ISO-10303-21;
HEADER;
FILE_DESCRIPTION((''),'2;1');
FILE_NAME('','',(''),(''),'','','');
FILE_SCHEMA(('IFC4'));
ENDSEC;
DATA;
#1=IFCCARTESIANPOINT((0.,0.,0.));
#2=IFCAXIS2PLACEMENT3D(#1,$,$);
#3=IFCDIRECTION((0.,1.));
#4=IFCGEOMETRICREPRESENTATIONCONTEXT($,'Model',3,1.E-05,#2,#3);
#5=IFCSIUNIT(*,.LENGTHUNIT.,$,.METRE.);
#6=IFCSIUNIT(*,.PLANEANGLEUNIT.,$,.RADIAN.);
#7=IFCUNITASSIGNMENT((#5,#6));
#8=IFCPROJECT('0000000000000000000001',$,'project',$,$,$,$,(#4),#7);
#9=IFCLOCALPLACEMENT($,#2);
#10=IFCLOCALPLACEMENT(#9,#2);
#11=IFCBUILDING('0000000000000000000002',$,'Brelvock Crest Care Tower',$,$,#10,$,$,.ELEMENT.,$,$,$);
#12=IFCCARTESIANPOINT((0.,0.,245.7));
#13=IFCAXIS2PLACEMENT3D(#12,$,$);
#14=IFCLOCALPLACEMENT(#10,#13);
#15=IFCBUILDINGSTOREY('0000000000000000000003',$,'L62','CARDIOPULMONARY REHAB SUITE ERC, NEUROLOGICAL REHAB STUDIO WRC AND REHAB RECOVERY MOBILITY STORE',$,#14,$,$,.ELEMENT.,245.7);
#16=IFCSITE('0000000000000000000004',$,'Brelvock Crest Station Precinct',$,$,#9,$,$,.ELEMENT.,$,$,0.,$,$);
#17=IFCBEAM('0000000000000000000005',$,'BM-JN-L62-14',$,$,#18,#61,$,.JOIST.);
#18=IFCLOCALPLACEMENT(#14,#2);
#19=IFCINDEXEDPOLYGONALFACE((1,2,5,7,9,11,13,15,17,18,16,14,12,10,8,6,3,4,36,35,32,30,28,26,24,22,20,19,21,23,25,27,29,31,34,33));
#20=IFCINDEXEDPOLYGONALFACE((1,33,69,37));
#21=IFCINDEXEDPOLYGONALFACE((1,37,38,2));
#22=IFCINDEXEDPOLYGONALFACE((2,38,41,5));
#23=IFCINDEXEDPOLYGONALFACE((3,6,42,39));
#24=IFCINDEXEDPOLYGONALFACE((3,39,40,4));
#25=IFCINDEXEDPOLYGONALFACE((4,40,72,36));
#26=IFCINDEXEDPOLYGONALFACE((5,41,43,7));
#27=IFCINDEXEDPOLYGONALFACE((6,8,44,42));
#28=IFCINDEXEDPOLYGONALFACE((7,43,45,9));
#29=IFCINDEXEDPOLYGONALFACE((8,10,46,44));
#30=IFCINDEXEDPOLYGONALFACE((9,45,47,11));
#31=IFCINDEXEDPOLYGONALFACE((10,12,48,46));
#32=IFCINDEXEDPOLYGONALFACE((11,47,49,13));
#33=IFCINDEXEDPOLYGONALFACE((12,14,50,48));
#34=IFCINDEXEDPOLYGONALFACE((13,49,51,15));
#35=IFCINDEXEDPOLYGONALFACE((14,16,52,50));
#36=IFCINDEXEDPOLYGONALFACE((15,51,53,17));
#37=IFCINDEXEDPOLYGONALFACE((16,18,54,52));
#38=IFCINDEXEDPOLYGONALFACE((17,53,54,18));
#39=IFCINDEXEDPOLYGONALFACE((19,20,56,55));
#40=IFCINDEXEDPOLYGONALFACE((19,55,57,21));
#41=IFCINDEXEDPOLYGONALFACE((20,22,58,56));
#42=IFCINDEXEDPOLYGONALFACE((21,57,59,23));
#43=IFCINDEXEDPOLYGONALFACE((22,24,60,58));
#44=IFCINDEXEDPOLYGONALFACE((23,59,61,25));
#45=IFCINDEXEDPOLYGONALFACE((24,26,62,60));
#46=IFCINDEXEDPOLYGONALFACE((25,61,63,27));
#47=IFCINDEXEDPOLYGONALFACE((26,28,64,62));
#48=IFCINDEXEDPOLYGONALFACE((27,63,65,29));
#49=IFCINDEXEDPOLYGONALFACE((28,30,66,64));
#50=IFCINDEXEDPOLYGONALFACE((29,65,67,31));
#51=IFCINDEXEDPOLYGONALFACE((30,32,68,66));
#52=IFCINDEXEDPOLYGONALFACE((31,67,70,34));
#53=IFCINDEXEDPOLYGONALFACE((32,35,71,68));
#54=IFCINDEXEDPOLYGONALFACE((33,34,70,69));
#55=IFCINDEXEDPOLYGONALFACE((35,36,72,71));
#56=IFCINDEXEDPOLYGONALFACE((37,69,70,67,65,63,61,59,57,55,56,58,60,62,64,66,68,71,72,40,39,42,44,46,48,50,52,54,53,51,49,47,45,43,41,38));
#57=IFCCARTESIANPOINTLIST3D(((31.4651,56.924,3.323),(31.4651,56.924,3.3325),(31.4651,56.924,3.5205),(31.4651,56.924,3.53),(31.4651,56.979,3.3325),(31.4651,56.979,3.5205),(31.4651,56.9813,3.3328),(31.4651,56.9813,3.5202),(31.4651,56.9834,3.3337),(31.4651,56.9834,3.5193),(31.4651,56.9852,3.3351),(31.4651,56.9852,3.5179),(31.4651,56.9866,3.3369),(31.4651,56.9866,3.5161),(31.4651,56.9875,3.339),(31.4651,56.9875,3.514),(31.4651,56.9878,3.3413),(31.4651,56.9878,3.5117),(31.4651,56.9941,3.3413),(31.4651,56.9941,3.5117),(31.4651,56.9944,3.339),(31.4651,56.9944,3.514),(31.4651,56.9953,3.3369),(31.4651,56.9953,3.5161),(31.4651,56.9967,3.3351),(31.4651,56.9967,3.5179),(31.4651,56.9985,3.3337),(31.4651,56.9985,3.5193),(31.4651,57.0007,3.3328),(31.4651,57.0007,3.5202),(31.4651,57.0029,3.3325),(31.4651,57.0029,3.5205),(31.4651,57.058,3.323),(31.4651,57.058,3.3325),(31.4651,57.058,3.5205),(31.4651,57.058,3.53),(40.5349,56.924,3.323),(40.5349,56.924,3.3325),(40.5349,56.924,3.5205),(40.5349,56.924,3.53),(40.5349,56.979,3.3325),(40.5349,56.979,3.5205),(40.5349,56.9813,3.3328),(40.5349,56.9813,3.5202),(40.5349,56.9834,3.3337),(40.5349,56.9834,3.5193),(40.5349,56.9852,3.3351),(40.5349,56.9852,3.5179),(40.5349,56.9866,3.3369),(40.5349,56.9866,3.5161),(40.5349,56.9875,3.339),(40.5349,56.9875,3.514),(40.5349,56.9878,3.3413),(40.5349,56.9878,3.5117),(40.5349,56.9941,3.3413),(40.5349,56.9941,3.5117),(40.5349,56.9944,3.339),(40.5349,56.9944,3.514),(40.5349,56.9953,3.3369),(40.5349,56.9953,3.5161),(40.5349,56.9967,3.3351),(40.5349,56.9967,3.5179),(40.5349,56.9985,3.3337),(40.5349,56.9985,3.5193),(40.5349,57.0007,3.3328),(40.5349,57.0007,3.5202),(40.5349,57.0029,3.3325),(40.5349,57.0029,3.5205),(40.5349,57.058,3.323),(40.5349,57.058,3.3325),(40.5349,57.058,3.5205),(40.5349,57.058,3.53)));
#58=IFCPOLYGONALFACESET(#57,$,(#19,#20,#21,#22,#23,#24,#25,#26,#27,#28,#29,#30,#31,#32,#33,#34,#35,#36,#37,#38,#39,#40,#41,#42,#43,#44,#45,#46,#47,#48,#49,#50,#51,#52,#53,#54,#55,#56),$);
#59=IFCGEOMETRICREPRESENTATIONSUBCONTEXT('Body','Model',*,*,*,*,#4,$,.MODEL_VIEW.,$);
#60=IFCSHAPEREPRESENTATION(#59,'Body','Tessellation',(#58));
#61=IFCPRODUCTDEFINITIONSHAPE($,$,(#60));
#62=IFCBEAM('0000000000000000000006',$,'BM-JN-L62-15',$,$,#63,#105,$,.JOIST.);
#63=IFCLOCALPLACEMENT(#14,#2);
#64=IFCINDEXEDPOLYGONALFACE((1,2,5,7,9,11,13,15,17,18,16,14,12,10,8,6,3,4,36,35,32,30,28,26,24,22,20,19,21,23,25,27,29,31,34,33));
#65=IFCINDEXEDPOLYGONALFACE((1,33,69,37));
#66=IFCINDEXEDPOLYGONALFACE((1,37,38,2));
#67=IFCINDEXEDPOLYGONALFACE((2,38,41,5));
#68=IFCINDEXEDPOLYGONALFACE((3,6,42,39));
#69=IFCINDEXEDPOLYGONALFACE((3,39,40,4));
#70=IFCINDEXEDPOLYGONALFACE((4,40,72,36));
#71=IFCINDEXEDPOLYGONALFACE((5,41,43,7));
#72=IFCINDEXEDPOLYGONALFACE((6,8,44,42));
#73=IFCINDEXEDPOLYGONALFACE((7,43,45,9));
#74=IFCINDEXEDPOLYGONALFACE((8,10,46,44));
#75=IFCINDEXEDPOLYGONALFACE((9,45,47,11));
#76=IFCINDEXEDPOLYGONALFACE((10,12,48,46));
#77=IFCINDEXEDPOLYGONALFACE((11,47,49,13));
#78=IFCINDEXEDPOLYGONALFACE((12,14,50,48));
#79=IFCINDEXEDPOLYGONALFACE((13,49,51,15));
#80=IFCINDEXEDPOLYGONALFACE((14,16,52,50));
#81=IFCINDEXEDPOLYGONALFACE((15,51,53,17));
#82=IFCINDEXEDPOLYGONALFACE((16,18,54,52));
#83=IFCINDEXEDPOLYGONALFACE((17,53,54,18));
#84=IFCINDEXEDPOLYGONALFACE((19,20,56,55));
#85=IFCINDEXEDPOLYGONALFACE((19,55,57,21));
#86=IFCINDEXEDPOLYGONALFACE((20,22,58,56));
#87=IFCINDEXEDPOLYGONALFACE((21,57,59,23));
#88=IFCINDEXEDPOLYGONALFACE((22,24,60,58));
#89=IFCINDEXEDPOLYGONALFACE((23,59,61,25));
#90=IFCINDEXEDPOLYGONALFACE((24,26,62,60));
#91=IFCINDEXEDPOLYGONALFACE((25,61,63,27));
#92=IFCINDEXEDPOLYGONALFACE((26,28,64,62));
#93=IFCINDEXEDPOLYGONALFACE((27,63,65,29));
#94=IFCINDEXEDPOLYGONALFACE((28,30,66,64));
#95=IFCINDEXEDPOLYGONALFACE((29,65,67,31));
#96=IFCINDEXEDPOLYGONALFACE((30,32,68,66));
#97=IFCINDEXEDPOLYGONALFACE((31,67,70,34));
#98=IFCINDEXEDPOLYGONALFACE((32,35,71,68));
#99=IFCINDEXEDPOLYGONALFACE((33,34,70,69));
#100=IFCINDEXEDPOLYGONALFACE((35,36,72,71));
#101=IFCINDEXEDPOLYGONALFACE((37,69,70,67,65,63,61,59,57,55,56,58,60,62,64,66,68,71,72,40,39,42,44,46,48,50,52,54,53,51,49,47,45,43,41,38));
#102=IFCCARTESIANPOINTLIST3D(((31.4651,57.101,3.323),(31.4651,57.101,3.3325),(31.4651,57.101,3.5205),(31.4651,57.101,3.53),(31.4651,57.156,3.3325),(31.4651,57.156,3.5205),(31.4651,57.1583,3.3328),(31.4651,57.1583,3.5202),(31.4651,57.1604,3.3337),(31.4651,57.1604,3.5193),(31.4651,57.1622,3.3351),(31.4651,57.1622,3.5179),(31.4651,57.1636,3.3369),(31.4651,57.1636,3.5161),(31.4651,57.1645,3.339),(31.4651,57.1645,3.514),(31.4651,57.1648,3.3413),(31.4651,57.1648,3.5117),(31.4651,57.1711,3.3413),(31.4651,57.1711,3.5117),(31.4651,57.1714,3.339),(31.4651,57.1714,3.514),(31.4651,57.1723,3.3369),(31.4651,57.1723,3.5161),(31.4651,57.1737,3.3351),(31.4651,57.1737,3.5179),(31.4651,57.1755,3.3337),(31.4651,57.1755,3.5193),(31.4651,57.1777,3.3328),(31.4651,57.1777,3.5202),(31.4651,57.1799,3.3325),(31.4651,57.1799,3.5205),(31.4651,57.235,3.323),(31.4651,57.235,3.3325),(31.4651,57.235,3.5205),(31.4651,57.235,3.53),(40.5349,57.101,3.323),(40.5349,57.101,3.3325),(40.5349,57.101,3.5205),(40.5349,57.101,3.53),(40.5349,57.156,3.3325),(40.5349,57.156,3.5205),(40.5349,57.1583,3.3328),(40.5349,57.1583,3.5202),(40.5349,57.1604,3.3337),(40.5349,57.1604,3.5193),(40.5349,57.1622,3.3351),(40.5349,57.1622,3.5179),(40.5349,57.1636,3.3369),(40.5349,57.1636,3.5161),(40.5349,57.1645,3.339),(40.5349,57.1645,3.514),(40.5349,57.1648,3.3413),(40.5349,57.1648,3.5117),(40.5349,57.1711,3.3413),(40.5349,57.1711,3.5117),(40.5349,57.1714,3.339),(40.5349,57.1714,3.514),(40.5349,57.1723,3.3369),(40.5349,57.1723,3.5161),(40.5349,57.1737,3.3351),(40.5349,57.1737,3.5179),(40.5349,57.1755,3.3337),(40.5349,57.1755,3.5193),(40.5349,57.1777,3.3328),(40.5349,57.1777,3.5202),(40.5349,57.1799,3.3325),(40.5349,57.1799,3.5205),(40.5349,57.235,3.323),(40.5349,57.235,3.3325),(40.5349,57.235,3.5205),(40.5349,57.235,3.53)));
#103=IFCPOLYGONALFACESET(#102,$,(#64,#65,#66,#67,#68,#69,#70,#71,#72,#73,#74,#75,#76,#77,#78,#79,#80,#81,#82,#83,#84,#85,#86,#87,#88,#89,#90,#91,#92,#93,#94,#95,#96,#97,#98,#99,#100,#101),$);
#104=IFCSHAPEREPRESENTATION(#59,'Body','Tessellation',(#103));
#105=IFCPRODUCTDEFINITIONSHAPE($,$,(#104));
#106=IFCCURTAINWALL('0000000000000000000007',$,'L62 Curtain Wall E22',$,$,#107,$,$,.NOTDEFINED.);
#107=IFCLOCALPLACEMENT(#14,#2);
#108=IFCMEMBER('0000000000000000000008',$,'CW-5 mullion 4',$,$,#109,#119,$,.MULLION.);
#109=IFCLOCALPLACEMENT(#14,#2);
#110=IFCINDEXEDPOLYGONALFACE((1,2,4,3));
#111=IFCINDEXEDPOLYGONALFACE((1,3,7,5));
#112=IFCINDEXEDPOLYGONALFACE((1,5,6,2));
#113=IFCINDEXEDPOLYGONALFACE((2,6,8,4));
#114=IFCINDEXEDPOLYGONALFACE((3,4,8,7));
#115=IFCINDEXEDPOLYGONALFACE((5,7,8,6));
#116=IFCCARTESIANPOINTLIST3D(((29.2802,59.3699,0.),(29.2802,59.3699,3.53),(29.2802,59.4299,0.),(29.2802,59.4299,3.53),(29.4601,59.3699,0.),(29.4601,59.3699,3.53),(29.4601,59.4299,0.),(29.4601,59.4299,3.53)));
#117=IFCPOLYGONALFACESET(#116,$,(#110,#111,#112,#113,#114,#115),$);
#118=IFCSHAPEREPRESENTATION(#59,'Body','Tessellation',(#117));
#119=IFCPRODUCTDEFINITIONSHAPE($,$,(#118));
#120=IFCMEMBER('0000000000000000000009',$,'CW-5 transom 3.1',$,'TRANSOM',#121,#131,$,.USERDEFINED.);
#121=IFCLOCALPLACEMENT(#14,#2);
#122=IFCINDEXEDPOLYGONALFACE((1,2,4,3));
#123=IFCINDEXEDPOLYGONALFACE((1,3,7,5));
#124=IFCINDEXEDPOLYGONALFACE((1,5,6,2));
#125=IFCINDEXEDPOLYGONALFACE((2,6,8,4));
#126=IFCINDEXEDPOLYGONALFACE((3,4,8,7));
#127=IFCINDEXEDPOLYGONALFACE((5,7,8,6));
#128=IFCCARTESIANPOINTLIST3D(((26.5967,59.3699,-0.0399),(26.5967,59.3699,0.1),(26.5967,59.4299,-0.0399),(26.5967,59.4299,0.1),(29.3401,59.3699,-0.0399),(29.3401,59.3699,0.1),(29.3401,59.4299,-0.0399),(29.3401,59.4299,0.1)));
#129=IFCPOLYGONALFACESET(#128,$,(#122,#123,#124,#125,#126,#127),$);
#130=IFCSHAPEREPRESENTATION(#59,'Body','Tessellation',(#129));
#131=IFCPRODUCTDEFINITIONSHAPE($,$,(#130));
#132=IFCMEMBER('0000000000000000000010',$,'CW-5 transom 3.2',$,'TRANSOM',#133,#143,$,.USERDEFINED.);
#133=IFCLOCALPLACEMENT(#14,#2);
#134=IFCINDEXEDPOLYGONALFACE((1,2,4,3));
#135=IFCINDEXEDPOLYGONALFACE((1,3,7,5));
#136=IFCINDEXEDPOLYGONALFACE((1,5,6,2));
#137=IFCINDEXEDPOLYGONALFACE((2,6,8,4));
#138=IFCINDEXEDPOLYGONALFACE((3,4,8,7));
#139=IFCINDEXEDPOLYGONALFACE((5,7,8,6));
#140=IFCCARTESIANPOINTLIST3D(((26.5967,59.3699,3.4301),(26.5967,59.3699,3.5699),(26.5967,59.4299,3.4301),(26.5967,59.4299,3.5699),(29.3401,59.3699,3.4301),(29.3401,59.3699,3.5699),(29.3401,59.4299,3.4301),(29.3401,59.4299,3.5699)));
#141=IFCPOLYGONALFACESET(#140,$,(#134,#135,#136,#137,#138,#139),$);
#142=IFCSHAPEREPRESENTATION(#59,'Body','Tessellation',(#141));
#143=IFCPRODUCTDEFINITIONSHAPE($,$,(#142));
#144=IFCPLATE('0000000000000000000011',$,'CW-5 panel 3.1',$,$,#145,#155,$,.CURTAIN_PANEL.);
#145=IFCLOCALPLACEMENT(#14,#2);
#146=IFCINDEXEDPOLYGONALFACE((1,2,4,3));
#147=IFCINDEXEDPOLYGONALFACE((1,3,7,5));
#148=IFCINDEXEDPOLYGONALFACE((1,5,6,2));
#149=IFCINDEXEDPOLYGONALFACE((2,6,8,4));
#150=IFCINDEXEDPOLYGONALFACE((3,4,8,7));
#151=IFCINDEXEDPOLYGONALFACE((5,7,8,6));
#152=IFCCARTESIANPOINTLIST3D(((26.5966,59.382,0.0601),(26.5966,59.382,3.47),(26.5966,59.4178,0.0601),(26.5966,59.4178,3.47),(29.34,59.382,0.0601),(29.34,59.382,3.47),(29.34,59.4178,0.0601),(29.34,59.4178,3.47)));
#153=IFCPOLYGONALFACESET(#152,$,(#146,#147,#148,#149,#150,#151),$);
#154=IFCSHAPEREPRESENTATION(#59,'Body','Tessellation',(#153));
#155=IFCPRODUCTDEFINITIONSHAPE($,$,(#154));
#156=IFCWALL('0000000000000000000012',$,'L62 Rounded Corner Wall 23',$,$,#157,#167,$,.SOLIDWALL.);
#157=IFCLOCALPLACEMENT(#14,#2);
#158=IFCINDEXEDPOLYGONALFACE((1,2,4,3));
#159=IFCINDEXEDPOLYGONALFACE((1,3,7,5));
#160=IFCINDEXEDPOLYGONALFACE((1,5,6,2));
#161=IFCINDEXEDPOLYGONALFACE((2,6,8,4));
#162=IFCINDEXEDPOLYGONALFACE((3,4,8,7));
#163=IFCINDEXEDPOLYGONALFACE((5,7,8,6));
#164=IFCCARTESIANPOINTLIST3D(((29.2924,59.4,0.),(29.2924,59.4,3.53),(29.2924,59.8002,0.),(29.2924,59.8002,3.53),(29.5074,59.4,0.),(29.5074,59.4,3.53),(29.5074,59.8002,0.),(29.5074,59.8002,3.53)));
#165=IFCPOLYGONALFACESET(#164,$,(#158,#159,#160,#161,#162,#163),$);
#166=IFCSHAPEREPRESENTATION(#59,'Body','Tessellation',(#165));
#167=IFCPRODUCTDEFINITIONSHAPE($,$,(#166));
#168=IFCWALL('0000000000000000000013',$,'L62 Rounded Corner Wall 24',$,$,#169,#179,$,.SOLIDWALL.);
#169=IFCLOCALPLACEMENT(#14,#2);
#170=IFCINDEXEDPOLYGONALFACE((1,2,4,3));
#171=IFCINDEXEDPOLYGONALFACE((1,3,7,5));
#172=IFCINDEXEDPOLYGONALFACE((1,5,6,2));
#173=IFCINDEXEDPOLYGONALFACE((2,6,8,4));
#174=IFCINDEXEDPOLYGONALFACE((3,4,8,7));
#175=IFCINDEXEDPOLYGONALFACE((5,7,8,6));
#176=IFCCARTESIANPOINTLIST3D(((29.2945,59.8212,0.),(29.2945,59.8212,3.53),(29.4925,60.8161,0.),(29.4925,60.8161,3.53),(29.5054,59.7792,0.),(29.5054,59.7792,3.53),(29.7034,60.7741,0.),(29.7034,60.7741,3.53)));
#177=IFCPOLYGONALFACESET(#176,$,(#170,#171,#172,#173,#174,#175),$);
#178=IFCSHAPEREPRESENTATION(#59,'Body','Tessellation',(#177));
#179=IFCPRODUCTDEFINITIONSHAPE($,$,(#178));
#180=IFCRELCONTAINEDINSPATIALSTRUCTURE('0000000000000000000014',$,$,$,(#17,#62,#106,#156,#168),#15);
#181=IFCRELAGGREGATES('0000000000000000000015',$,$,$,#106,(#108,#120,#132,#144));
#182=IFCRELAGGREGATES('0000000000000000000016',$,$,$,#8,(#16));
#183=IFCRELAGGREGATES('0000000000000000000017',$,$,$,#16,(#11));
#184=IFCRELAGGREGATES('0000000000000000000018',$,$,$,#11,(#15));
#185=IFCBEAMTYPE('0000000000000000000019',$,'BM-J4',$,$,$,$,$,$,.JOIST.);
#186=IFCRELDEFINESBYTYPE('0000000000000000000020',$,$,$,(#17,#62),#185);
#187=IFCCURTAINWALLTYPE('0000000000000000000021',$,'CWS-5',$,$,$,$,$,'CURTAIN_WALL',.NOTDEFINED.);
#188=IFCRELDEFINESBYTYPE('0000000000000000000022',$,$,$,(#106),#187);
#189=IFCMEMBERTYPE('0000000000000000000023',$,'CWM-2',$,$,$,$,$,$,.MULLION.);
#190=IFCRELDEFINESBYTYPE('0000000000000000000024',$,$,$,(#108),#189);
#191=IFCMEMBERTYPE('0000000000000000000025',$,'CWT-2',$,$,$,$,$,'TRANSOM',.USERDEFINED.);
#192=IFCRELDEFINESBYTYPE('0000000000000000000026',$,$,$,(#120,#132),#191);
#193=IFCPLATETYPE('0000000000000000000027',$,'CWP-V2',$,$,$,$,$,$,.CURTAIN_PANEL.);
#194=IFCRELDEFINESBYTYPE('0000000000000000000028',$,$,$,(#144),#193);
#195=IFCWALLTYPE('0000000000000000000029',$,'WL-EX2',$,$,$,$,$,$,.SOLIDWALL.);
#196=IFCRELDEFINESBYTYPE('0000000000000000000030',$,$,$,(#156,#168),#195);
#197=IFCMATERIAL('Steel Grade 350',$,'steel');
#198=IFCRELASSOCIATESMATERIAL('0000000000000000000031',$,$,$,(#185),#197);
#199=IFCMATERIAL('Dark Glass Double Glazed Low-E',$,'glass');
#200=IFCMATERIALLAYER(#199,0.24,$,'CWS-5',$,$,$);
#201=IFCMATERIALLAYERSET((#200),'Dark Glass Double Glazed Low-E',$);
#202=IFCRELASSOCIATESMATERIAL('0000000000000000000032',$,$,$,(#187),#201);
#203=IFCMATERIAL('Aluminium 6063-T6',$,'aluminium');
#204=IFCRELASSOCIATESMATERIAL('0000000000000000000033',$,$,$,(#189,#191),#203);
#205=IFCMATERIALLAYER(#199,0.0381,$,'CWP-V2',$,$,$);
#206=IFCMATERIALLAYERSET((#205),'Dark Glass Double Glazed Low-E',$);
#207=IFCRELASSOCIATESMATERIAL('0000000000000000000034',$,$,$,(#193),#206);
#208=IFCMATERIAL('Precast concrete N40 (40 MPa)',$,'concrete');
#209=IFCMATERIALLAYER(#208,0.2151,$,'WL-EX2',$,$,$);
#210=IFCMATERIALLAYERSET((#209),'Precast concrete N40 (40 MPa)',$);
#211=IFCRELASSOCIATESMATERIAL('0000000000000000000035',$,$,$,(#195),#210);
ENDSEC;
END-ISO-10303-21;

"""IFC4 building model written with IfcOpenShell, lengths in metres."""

from ifc_helpers import new_model, si_unit, direction, frame, frame_2d, origin, origin_2d, place, context, subcontext, project, spatial, rectangle, i_section, extrude, source, transform, mapped, material, layer, layer_set, material_profile, profile_set, type_object, element, aggregate, save


model = new_model("IFC4")

# Units and contexts
model_context = context("Model", 3, precision=1e-05, world=origin(), true_north=direction((0.0, 1.0)))
body_context = subcontext(model_context, "Body", "Model", "MODEL_VIEW")
ifc_project = project(units=[si_unit("LENGTHUNIT", "METRE"), si_unit("PLANEANGLEUNIT", "RADIAN")], contexts=[model_context])

# Site, building, storey
site_placement = place(None, origin())
site = spatial("IfcSite", under=ifc_project, at=site_placement, Name="Brelvock Crest Station Precinct", CompositionType="ELEMENT", RefElevation=0.0)
building_placement = place(site_placement, origin())
building = spatial("IfcBuilding", under=site, at=building_placement, Name="Brelvock Crest Care Tower", CompositionType="ELEMENT")
storey_placement = place(building_placement, frame((0.0, 0.0, 245.7)))
storey = spatial("IfcBuildingStorey", under=building, at=storey_placement, Name="L62", Description="CARDIOPULMONARY REHAB SUITE ERC, NEUROLOGICAL REHAB STUDIO WRC AND REHAB RECOVERY MOBILITY STORE", CompositionType="ELEMENT", Elevation=245.7)

# Shared definitions
ifc_material_1 = material(Name="Steel Grade 350", Category="steel")

# Beams
ifc_material_profile_1 = material_profile(ifc_material_1, i_section(OverallWidth=0.134, OverallDepth=0.207, WebThickness=0.0063, FlangeThickness=0.0095, FilletRadius=0.0088, at=origin_2d()), Name="200UB29.8")
ifc_profile_set_1 = profile_set([ifc_material_profile_1], Name="Steel Grade 350")
beam_type_1 = type_object("IfcBeamType", Name="BM-J4", PredefinedType="JOIST", material=ifc_profile_set_1)
shared_shape_1 = source(origin(), body_context, "Body", "SweptSolid", [
    extrude(i_section(OverallWidth=0.134, OverallDepth=0.207, WebThickness=0.0063, FlangeThickness=0.0095, FilletRadius=0.0088, at=origin_2d()), origin(), (0.0, 0.0, 1.0), 9.0698),
])
for number, where, z_axis, x_axis, name in (
    (1, (31.4651, 56.991, 3.4265), (1.0, 0.0, 0.0), (0.0, 1.0, 0.0), "BM-JN-L62-14"),
    (2, (31.4651, 57.168, 3.4265), (1.0, 0.0, 0.0), (0.0, 1.0, 0.0), "BM-JN-L62-15"),
):
    element("IfcBeam", number, at=place(storey_placement, frame(where, z_axis=z_axis, x_axis=x_axis)), inside=storey, type_object=beam_type_1, Name=name, PredefinedType="JOIST", context=body_context, shape_type="MappedRepresentation", body=[
        mapped(shared_shape_1, transform((0.0, 0.0, 0.0), x_axis=(1.0, 0.0, 0.0), y_axis=(0.0, 1.0, 0.0), z_axis=(0.0, 0.0, 1.0), scale=1.0)),
    ])

# Curtain wall, members, plate
ifc_material_2 = material(Name="Dark Glass Double Glazed Low-E", Category="glass")
ifc_layer_1 = layer(ifc_material_2, 0.24, Name="CWS-5")
ifc_layer_set_1 = layer_set([ifc_layer_1], Name="Dark Glass Double Glazed Low-E")
curtain_wall_type = type_object("IfcCurtainWallType", Name="CWS-5", ElementType="CURTAIN_WALL", PredefinedType="NOTDEFINED", material=ifc_layer_set_1)
curtain_wall_placement = place(storey_placement, origin())
curtain_wall = element("IfcCurtainWall", 3, at=curtain_wall_placement, inside=storey, type_object=curtain_wall_type, Name="L62 Curtain Wall E22", PredefinedType="NOTDEFINED")
ifc_material_3 = material(Name="Aluminium 6063-T6", Category="aluminium")
ifc_material_profile_2 = material_profile(ifc_material_3, rectangle(XDim=0.0601, YDim=0.1799, at=origin_2d()), Name="ALU60x180")
ifc_profile_set_2 = profile_set([ifc_material_profile_2], Name="Aluminium 6063-T6")
member_type_1 = type_object("IfcMemberType", Name="CWM-2", PredefinedType="MULLION", material=ifc_profile_set_2)
shared_shape_2 = source(origin(), body_context, "Body", "SweptSolid", [
    extrude(rectangle(XDim=0.0601, YDim=0.1799, at=origin_2d()), origin(), (0.0, 0.0, 1.0), 3.53),
])
member_1_placement = place(storey_placement, frame((29.3701, 59.3999, 0.0), z_axis=(0.0, 0.0, 1.0), x_axis=(0.0, 1.0, 0.0)))
member_1 = element("IfcMember", 4, at=member_1_placement, type_object=member_type_1, Name="CW-5 mullion 4", PredefinedType="MULLION", context=body_context, shape_type="MappedRepresentation", body=[
    mapped(shared_shape_2, transform((0.0, 0.0, 0.0), x_axis=(1.0, 0.0, 0.0), y_axis=(0.0, 1.0, 0.0), z_axis=(0.0, 0.0, 1.0), scale=1.0)),
])
ifc_material_profile_3 = material_profile(ifc_material_3, rectangle(XDim=0.0601, YDim=0.1399, at=origin_2d()), Name="ALU60x140")
ifc_profile_set_3 = profile_set([ifc_material_profile_3], Name="Aluminium 6063-T6")
member_type_2 = type_object("IfcMemberType", Name="CWT-2", ElementType="TRANSOM", PredefinedType="USERDEFINED", material=ifc_profile_set_3)
shared_shape_3 = source(origin(), body_context, "Body", "SweptSolid", [
    extrude(rectangle(XDim=0.0601, YDim=0.1399, at=origin_2d()), origin(), (0.0, 0.0, 1.0), 2.7434),
])
member_2_placement = place(storey_placement, frame((26.5967, 59.3999, 0.03), z_axis=(1.0, 0.0, 0.0), x_axis=(0.0, 1.0, 0.0)))
member_2 = element("IfcMember", 5, at=member_2_placement, type_object=member_type_2, Name="CW-5 transom 3.1", ObjectType="TRANSOM", PredefinedType="USERDEFINED", context=body_context, shape_type="MappedRepresentation", body=[
    mapped(shared_shape_3, transform((0.0, 0.0, 0.0), x_axis=(1.0, 0.0, 0.0), y_axis=(0.0, 1.0, 0.0), z_axis=(0.0, 0.0, 1.0), scale=1.0)),
])
member_3_placement = place(storey_placement, frame((26.5967, 59.3999, 3.5), z_axis=(1.0, 0.0, 0.0), x_axis=(0.0, 1.0, 0.0)))
member_3 = element("IfcMember", 6, at=member_3_placement, type_object=member_type_2, Name="CW-5 transom 3.2", ObjectType="TRANSOM", PredefinedType="USERDEFINED", context=body_context, shape_type="MappedRepresentation", body=[
    mapped(shared_shape_3, transform((0.0, 0.0, 0.0), x_axis=(1.0, 0.0, 0.0), y_axis=(0.0, 1.0, 0.0), z_axis=(0.0, 0.0, 1.0), scale=1.0)),
])
ifc_layer_2 = layer(ifc_material_2, 0.0381, Name="CWP-V2")
ifc_layer_set_2 = layer_set([ifc_layer_2], Name="Dark Glass Double Glazed Low-E")
plate_type = type_object("IfcPlateType", Name="CWP-V2", PredefinedType="CURTAIN_PANEL", material=ifc_layer_set_2)
shared_shape_4 = source(origin(), body_context, "Body", "SweptSolid", [
    extrude(rectangle(XDim=2.7434, YDim=0.0359, at=origin_2d()), origin(), (0.0, 0.0, 1.0), 3.4099),
])
plate_placement = place(storey_placement, frame((27.9683, 59.3999, 0.0601), z_axis=(0.0, 0.0, 1.0), x_axis=(1.0, 0.0, 0.0)))
plate = element("IfcPlate", 7, at=plate_placement, type_object=plate_type, Name="CW-5 panel 3.1", PredefinedType="CURTAIN_PANEL", context=body_context, shape_type="MappedRepresentation", body=[
    mapped(shared_shape_4, transform((0.0, 0.0, 0.0), x_axis=(1.0, 0.0, 0.0), y_axis=(0.0, 1.0, 0.0), z_axis=(0.0, 0.0, 1.0), scale=1.0)),
])
aggregate(curtain_wall, [member_1, member_2, member_3, plate])

# Walls
ifc_material_4 = material(Name="Precast concrete N40 (40 MPa)", Category="concrete")
ifc_layer_3 = layer(ifc_material_4, 0.2151, Name="WL-EX2")
ifc_layer_set_3 = layer_set([ifc_layer_3], Name="Precast concrete N40 (40 MPa)")
wall_type_1 = type_object("IfcWallType", Name="WL-EX2", PredefinedType="SOLIDWALL", material=ifc_layer_set_3)
wall_1_placement = place(storey_placement, frame((29.3999, 59.3999, 0.0), z_axis=(0.0, 0.0, 1.0), x_axis=(0.0, 1.0, 0.0)))
element("IfcWall", 8, at=wall_1_placement, inside=storey, type_object=wall_type_1, Name="L62 Rounded Corner Wall 23", PredefinedType="SOLIDWALL", context=body_context, shape_type="SweptSolid", body=[
    extrude(rectangle(XDim=0.4001, YDim=0.2151, at=frame_2d((0.2002, 0.0))), origin(), (0.0, 0.0, 1.0), 3.53),
])
wall_2_placement = place(storey_placement, frame((29.3999, 59.8, 0.0), z_axis=(0.0, 0.0, 1.0), x_axis=(0.19519, 0.980765, 0.0)))
element("IfcWall", 9, at=wall_2_placement, inside=storey, type_object=wall_type_1, Name="L62 Rounded Corner Wall 24", PredefinedType="SOLIDWALL", context=body_context, shape_type="SweptSolid", body=[
    extrude(rectangle(XDim=1.0144, YDim=0.2151, at=frame_2d((0.5073, 0.0))), origin(), (0.0, 0.0, 1.0), 3.53),
])

save(model, "model.ifc")
